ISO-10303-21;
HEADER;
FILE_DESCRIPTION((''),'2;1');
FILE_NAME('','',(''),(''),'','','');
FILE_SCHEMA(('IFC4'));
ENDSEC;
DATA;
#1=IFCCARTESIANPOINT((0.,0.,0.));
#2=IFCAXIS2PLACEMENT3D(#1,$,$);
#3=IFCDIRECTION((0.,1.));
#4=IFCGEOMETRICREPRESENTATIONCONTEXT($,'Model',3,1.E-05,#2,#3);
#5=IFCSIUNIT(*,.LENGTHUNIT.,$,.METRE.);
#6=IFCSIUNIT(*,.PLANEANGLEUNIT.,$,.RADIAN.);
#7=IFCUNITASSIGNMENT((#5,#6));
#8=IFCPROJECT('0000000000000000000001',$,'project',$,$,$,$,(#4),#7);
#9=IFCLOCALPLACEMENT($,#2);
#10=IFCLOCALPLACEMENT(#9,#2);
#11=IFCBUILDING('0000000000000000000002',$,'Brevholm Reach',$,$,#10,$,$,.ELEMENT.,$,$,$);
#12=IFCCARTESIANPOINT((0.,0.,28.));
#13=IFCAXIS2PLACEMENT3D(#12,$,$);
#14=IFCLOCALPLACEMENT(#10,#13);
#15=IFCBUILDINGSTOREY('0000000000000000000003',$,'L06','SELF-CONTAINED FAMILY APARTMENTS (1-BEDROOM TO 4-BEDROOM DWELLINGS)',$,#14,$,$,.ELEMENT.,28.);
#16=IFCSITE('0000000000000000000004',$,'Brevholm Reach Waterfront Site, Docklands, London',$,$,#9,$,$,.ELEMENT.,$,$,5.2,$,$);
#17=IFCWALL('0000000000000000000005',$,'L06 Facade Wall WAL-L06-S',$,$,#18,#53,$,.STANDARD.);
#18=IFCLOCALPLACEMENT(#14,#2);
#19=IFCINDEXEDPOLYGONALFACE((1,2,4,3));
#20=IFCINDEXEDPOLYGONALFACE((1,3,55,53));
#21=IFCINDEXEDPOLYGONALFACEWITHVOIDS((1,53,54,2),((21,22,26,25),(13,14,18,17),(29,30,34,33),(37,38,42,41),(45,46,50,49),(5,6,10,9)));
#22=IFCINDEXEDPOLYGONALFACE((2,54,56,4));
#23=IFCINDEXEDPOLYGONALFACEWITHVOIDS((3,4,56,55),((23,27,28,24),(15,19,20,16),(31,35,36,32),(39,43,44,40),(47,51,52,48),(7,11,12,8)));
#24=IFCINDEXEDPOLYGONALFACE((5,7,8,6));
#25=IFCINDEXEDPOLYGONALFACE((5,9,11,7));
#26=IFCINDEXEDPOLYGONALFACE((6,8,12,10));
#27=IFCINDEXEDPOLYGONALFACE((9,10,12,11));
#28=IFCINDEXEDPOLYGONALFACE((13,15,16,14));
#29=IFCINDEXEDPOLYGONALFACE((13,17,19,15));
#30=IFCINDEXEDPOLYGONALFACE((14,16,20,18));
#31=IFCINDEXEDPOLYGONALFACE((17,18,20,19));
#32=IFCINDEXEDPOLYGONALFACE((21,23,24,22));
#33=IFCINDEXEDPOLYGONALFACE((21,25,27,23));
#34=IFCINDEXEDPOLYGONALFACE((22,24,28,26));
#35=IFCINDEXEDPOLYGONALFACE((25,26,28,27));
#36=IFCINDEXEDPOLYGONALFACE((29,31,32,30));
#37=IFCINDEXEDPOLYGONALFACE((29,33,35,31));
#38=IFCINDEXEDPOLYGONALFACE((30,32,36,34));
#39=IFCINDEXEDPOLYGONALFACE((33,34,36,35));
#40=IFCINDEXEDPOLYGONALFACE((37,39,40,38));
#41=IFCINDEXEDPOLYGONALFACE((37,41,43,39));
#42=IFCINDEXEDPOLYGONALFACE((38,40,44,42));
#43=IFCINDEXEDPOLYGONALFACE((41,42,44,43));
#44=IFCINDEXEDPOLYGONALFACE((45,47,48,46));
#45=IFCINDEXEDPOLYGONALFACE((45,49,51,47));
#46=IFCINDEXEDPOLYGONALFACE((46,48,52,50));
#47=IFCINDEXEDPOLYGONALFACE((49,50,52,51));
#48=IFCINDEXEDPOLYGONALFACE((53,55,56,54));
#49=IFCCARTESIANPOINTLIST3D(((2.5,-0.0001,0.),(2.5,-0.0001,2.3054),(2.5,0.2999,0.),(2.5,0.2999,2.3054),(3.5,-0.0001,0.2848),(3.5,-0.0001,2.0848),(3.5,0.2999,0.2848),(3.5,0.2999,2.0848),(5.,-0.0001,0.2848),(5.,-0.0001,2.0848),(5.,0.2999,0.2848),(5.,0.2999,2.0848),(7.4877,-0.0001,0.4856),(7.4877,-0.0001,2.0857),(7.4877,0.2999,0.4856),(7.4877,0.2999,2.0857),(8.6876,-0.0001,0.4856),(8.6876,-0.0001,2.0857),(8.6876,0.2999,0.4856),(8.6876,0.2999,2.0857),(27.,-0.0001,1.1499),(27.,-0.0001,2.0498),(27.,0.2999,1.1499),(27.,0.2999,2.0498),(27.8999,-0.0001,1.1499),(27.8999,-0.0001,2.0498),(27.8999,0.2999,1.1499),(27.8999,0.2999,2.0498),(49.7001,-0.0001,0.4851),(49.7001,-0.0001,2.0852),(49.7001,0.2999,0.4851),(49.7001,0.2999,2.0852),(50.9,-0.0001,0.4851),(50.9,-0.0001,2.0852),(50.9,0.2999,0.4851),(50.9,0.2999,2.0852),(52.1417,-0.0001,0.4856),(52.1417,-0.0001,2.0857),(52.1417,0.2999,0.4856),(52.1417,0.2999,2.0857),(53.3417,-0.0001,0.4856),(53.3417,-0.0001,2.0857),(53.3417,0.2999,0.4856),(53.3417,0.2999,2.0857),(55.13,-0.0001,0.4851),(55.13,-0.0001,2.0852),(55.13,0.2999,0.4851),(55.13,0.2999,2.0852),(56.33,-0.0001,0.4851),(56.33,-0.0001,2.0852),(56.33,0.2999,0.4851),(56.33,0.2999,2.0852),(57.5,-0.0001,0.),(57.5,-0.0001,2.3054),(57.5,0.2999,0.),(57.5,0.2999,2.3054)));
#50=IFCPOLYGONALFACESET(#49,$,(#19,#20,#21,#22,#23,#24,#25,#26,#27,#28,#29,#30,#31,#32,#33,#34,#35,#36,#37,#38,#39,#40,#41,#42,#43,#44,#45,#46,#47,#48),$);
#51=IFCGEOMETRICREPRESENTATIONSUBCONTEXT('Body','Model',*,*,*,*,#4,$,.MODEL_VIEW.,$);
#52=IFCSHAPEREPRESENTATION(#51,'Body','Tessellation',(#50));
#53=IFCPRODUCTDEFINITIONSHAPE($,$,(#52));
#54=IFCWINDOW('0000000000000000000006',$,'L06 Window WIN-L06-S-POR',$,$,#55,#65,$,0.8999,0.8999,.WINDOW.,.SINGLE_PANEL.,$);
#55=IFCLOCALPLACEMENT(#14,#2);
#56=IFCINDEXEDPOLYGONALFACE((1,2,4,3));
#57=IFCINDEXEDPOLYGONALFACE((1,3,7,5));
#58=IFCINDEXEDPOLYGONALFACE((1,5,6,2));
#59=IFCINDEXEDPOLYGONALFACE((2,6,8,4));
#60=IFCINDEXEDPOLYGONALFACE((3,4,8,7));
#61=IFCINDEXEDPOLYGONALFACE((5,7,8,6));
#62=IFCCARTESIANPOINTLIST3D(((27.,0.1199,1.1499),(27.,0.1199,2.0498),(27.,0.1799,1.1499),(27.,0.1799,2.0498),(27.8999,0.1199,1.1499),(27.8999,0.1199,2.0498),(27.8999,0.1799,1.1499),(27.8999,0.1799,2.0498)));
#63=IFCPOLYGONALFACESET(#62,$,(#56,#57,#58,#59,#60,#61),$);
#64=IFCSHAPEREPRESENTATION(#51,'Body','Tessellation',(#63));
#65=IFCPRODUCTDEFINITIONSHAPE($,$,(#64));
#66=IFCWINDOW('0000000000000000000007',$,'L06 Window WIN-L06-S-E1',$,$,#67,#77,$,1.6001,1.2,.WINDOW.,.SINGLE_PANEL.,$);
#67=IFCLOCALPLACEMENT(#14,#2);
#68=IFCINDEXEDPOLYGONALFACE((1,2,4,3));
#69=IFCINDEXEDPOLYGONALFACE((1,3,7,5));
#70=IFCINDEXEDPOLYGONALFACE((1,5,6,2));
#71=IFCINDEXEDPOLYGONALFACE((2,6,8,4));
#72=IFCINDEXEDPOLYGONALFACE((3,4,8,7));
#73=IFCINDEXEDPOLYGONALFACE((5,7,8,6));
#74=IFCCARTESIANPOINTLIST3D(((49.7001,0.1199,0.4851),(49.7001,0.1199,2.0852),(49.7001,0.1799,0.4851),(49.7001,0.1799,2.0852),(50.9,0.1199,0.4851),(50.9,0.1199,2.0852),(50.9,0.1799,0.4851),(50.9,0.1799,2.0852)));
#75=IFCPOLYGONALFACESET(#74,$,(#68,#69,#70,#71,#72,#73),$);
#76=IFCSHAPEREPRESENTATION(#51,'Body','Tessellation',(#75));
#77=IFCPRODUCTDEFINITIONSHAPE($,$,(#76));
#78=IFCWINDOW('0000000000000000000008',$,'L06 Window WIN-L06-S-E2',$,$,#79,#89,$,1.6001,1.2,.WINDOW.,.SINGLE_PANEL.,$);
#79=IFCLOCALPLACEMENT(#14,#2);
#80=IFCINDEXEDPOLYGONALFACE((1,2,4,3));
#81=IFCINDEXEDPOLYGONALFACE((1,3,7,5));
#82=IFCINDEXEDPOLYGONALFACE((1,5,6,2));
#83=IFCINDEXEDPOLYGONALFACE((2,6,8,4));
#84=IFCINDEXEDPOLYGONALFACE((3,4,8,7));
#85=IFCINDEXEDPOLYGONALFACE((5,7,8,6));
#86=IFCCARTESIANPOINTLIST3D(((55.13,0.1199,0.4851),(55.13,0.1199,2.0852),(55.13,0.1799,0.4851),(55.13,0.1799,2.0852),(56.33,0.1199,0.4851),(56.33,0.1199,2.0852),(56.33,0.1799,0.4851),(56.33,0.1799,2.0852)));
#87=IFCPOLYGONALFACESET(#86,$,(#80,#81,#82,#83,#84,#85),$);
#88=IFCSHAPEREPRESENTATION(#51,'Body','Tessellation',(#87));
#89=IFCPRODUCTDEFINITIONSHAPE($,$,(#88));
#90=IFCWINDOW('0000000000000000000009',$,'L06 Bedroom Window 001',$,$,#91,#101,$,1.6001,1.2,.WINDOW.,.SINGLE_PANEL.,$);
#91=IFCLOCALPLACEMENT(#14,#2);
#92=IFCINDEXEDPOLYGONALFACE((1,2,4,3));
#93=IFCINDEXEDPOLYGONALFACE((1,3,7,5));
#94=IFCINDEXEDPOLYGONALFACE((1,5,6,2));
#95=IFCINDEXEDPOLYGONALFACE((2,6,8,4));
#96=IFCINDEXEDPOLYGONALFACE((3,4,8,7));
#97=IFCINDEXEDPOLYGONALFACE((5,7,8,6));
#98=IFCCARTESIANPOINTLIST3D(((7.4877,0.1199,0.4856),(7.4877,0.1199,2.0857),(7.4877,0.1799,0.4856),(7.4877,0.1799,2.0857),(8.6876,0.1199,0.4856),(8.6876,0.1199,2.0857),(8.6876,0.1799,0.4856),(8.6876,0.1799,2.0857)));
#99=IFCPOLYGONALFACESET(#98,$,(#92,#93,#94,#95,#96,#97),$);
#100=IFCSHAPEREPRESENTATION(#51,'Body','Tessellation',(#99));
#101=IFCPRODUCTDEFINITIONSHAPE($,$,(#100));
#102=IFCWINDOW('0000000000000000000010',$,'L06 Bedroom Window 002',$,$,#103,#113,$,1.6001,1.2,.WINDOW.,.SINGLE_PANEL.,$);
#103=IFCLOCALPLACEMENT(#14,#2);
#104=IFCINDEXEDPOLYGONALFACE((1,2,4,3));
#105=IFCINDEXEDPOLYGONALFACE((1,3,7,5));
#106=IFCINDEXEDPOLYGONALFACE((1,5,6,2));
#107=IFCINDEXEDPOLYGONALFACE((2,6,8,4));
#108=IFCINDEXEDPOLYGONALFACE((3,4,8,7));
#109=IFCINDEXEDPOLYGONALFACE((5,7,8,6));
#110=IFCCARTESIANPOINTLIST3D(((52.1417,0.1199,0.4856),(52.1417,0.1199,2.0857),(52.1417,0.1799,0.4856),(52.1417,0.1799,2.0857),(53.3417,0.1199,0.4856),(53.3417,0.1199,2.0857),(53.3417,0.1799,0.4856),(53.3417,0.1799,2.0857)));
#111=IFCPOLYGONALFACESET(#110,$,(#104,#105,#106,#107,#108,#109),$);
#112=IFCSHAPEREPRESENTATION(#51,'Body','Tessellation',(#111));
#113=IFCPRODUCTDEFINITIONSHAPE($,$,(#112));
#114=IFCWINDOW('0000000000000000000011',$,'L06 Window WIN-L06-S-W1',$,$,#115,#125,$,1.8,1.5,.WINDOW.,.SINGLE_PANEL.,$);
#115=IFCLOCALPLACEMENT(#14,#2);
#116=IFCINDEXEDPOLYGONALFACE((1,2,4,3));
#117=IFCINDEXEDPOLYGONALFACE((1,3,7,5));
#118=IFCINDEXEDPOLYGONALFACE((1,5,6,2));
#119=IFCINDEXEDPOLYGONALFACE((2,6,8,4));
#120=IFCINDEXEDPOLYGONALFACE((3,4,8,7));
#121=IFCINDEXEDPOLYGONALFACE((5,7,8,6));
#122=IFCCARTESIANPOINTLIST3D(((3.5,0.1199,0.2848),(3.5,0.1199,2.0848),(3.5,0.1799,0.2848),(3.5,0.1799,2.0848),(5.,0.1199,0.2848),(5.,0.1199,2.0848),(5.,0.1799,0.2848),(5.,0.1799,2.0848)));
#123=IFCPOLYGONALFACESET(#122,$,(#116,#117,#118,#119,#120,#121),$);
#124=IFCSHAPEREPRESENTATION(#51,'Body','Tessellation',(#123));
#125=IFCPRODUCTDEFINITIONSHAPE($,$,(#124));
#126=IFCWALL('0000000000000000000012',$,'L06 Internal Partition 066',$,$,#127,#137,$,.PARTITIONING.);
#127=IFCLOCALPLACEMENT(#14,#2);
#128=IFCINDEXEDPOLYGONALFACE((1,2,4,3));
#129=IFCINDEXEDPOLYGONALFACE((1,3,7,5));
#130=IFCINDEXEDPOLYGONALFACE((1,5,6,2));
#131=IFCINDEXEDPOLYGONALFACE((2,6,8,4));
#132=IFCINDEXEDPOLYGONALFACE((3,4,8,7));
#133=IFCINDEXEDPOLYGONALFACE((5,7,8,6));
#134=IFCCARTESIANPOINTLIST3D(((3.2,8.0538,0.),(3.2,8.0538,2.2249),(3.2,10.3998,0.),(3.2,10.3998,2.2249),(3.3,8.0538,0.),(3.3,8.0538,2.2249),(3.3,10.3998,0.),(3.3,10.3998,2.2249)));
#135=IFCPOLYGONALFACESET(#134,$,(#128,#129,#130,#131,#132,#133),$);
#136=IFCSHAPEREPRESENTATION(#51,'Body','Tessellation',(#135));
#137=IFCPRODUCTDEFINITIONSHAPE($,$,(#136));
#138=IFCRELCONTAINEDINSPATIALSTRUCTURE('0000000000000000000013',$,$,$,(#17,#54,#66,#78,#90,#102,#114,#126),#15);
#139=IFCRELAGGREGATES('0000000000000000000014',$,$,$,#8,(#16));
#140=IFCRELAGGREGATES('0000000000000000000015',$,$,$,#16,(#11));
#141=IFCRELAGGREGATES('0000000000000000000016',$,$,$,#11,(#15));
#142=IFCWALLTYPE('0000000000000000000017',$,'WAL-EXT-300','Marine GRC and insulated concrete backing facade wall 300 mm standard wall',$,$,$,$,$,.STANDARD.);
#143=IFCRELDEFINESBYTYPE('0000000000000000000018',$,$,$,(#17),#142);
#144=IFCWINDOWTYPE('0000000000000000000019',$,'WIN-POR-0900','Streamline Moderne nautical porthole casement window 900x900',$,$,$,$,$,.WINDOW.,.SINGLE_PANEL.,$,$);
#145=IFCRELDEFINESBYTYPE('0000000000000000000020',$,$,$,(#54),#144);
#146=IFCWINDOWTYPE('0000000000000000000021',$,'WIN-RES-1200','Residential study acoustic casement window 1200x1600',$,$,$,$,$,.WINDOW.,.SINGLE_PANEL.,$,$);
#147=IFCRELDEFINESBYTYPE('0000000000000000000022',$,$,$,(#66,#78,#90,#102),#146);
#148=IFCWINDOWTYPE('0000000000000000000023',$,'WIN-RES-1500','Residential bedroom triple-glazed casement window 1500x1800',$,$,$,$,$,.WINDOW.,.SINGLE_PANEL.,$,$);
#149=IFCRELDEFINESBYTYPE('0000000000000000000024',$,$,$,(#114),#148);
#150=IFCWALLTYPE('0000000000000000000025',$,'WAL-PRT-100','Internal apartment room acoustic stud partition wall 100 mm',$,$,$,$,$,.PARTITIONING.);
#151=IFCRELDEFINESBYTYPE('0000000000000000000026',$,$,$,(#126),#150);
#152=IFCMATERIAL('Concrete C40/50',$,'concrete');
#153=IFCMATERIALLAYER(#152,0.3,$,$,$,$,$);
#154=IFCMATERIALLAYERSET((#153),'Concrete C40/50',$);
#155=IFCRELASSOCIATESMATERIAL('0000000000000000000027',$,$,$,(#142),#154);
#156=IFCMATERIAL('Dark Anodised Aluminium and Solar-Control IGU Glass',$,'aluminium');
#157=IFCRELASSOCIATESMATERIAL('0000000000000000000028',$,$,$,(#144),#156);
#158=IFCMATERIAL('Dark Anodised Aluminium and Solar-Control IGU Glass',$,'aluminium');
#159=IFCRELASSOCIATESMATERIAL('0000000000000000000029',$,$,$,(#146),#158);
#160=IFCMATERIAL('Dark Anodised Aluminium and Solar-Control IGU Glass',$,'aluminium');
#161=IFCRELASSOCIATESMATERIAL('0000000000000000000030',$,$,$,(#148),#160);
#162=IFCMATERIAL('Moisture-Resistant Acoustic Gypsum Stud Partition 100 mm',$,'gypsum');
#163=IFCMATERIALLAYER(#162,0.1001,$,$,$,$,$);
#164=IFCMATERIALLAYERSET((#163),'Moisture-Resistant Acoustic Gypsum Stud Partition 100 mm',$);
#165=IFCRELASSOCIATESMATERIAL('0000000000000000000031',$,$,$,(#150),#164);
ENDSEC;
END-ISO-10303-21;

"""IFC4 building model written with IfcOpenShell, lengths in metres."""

from ifc_helpers import new_model, si_unit, direction, frame, frame_2d, origin, place, context, subcontext, project, spatial, rectangle, extrude, material, layer, layer_set, type_object, element, fill, save


model = new_model("IFC4")

# Units and contexts
model_context = context("Model", 3, precision=1e-05, world=origin(), true_north=direction((0.0, 1.0)))
body_context = subcontext(model_context, "Body", "Model", "MODEL_VIEW")
ifc_project = project(units=[si_unit("LENGTHUNIT", "METRE"), si_unit("PLANEANGLEUNIT", "RADIAN")], contexts=[model_context])

# Site, building, storey
site_placement = place(None, origin())
site = spatial("IfcSite", under=ifc_project, at=site_placement, Name="Brevholm Reach Waterfront Site, Docklands, London", CompositionType="ELEMENT", RefElevation=5.2)
building_placement = place(site_placement, origin())
building = spatial("IfcBuilding", under=site, at=building_placement, Name="Brevholm Reach", CompositionType="ELEMENT")
storey_placement = place(building_placement, frame((0.0, 0.0, 28.0)))
storey = spatial("IfcBuildingStorey", under=building, at=storey_placement, Name="L06", Description="SELF-CONTAINED FAMILY APARTMENTS (1-BEDROOM TO 4-BEDROOM DWELLINGS)", CompositionType="ELEMENT", Elevation=28.0)

# Shared definitions
ifc_material_1 = material(Name="Concrete C40/50", Category="concrete")
ifc_layer_1 = layer(ifc_material_1, 0.3)
ifc_layer_set_1 = layer_set([ifc_layer_1], Name="Concrete C40/50")
wall_type_1 = type_object("IfcWallType", Name="WAL-EXT-300", Description="Marine GRC and insulated concrete backing facade wall 300 mm standard wall", PredefinedType="STANDARD", material=ifc_layer_set_1)

# Wall, openings, windows
wall_1_placement = place(storey_placement, frame((2.5, 0.1499, 0.0), z_axis=(0.0, 0.0, 1.0), x_axis=(1.0, 0.0, 0.0)))
wall_1 = element("IfcWall", 1, at=wall_1_placement, inside=storey, type_object=wall_type_1, Name="L06 Facade Wall WAL-L06-S", PredefinedType="STANDARD", context=body_context, shape_type="SweptSolid", body=[
    extrude(rectangle(XDim=55.0, YDim=0.3, at=frame_2d((27.5, 0.0))), origin(), (0.0, 0.0, 1.0), 2.3054),
])
opening_1_placement = place(wall_1_placement, frame((1.0, 0.0, 0.2849)))
opening_1 = element("IfcOpeningElement", 2, at=opening_1_placement, cuts=wall_1, PredefinedType="OPENING", context=body_context, shape_type="SweptSolid", body=[
    extrude(rectangle(XDim=1.5, YDim=1.8, at=frame_2d((0.75, 0.8999))), frame((0.0, 0.1599, 0.0), z_axis=(0.0, -1.0, 0.0), x_axis=(1.0, 0.0, 0.0)), (0.0, 0.0, 1.0), 0.3201),
])
opening_2_placement = place(wall_1_placement, frame((24.5, 0.0, 1.1499)))
opening_2 = element("IfcOpeningElement", 3, at=opening_2_placement, cuts=wall_1, PredefinedType="OPENING", context=body_context, shape_type="SweptSolid", body=[
    extrude(rectangle(XDim=0.8999, YDim=0.8999, at=frame_2d((0.45, 0.45))), frame((0.0, 0.1599, 0.0), z_axis=(0.0, -1.0, 0.0), x_axis=(1.0, 0.0, 0.0)), (0.0, 0.0, 1.0), 0.3201),
])
opening_3_placement = place(wall_1_placement, frame((47.2, 0.0, 0.4851)))
opening_3 = element("IfcOpeningElement", 4, at=opening_3_placement, cuts=wall_1, PredefinedType="OPENING", context=body_context, shape_type="SweptSolid", body=[
    extrude(rectangle(XDim=1.2, YDim=1.6001, at=frame_2d((0.6001, 0.8))), frame((0.0, 0.1599, 0.0), z_axis=(0.0, -1.0, 0.0), x_axis=(1.0, 0.0, 0.0)), (0.0, 0.0, 1.0), 0.3201),
])
opening_4_placement = place(wall_1_placement, frame((52.6299, 0.0, 0.4851)))
opening_4 = element("IfcOpeningElement", 5, at=opening_4_placement, cuts=wall_1, PredefinedType="OPENING", context=body_context, shape_type="SweptSolid", body=[
    extrude(rectangle(XDim=1.2, YDim=1.6001, at=frame_2d((0.6001, 0.8))), frame((0.0, 0.1599, 0.0), z_axis=(0.0, -1.0, 0.0), x_axis=(1.0, 0.0, 0.0)), (0.0, 0.0, 1.0), 0.3201),
])
opening_5_placement = place(wall_1_placement, frame((4.9875, 0.0, 0.4856)))
opening_5 = element("IfcOpeningElement", 6, at=opening_5_placement, cuts=wall_1, PredefinedType="OPENING", context=body_context, shape_type="SweptSolid", body=[
    extrude(rectangle(XDim=1.2, YDim=1.6001, at=frame_2d((0.6001, 0.8))), frame((0.0, 0.1599, 0.0), z_axis=(0.0, -1.0, 0.0), x_axis=(1.0, 0.0, 0.0)), (0.0, 0.0, 1.0), 0.3201),
])
opening_6_placement = place(wall_1_placement, frame((49.6416, 0.0, 0.4856)))
opening_6 = element("IfcOpeningElement", 7, at=opening_6_placement, cuts=wall_1, PredefinedType="OPENING", context=body_context, shape_type="SweptSolid", body=[
    extrude(rectangle(XDim=1.2, YDim=1.6001, at=frame_2d((0.6001, 0.8))), frame((0.0, 0.1599, 0.0), z_axis=(0.0, -1.0, 0.0), x_axis=(1.0, 0.0, 0.0)), (0.0, 0.0, 1.0), 0.3201),
])
ifc_material_2 = material(Name="Dark Anodised Aluminium and Solar-Control IGU Glass", Category="aluminium")
window_type_1 = type_object("IfcWindowType", Name="WIN-POR-0900", Description="Streamline Moderne nautical porthole casement window 900x900", PartitioningType="SINGLE_PANEL", PredefinedType="WINDOW", material=ifc_material_2)
window_1_placement = place(opening_2_placement, origin())
window_1 = element("IfcWindow", 8, at=window_1_placement, inside=storey, type_object=window_type_1, Name="L06 Window WIN-L06-S-POR", OverallHeight=0.8999, OverallWidth=0.8999, PartitioningType="SINGLE_PANEL", PredefinedType="WINDOW", context=body_context, shape_type="SweptSolid", body=[
    extrude(rectangle(XDim=0.8999, YDim=0.8999, at=frame_2d((0.45, 0.45))), frame((0.0, 0.03, 0.0), z_axis=(0.0, -1.0, 0.0), x_axis=(1.0, 0.0, 0.0)), (0.0, 0.0, 1.0), 0.0601),
])
fill(opening_2, window_1)
ifc_material_3 = material(Name="Dark Anodised Aluminium and Solar-Control IGU Glass", Category="aluminium")
window_type_2 = type_object("IfcWindowType", Name="WIN-RES-1200", Description="Residential study acoustic casement window 1200x1600", PartitioningType="SINGLE_PANEL", PredefinedType="WINDOW", material=ifc_material_3)
window_2_placement = place(opening_3_placement, origin())
window_2 = element("IfcWindow", 9, at=window_2_placement, inside=storey, type_object=window_type_2, Name="L06 Window WIN-L06-S-E1", OverallHeight=1.6001, OverallWidth=1.2, PartitioningType="SINGLE_PANEL", PredefinedType="WINDOW", context=body_context, shape_type="SweptSolid", body=[
    extrude(rectangle(XDim=1.2, YDim=1.6001, at=frame_2d((0.6001, 0.8))), frame((0.0, 0.03, 0.0), z_axis=(0.0, -1.0, 0.0), x_axis=(1.0, 0.0, 0.0)), (0.0, 0.0, 1.0), 0.0601),
])
fill(opening_3, window_2)
window_3_placement = place(opening_4_placement, origin())
window_3 = element("IfcWindow", 10, at=window_3_placement, inside=storey, type_object=window_type_2, Name="L06 Window WIN-L06-S-E2", OverallHeight=1.6001, OverallWidth=1.2, PartitioningType="SINGLE_PANEL", PredefinedType="WINDOW", context=body_context, shape_type="SweptSolid", body=[
    extrude(rectangle(XDim=1.2, YDim=1.6001, at=frame_2d((0.6001, 0.8))), frame((0.0, 0.03, 0.0), z_axis=(0.0, -1.0, 0.0), x_axis=(1.0, 0.0, 0.0)), (0.0, 0.0, 1.0), 0.0601),
])
fill(opening_4, window_3)
window_4_placement = place(opening_5_placement, origin())
window_4 = element("IfcWindow", 11, at=window_4_placement, inside=storey, type_object=window_type_2, Name="L06 Bedroom Window 001", OverallHeight=1.6001, OverallWidth=1.2, PartitioningType="SINGLE_PANEL", PredefinedType="WINDOW", context=body_context, shape_type="SweptSolid", body=[
    extrude(rectangle(XDim=1.2, YDim=1.6001, at=frame_2d((0.6001, 0.8))), frame((0.0, 0.03, 0.0), z_axis=(0.0, -1.0, 0.0), x_axis=(1.0, 0.0, 0.0)), (0.0, 0.0, 1.0), 0.0601),
])
fill(opening_5, window_4)
window_5_placement = place(opening_6_placement, origin())
window_5 = element("IfcWindow", 12, at=window_5_placement, inside=storey, type_object=window_type_2, Name="L06 Bedroom Window 002", OverallHeight=1.6001, OverallWidth=1.2, PartitioningType="SINGLE_PANEL", PredefinedType="WINDOW", context=body_context, shape_type="SweptSolid", body=[
    extrude(rectangle(XDim=1.2, YDim=1.6001, at=frame_2d((0.6001, 0.8))), frame((0.0, 0.03, 0.0), z_axis=(0.0, -1.0, 0.0), x_axis=(1.0, 0.0, 0.0)), (0.0, 0.0, 1.0), 0.0601),
])
fill(opening_6, window_5)
ifc_material_4 = material(Name="Dark Anodised Aluminium and Solar-Control IGU Glass", Category="aluminium")
window_type_3 = type_object("IfcWindowType", Name="WIN-RES-1500", Description="Residential bedroom triple-glazed casement window 1500x1800", PartitioningType="SINGLE_PANEL", PredefinedType="WINDOW", material=ifc_material_4)
window_6_placement = place(opening_1_placement, origin())
window_6 = element("IfcWindow", 13, at=window_6_placement, inside=storey, type_object=window_type_3, Name="L06 Window WIN-L06-S-W1", OverallHeight=1.8, OverallWidth=1.5, PartitioningType="SINGLE_PANEL", PredefinedType="WINDOW", context=body_context, shape_type="SweptSolid", body=[
    extrude(rectangle(XDim=1.5, YDim=1.8, at=frame_2d((0.75, 0.8999))), frame((0.0, 0.03, 0.0), z_axis=(0.0, -1.0, 0.0), x_axis=(1.0, 0.0, 0.0)), (0.0, 0.0, 1.0), 0.0601),
])
fill(opening_1, window_6)

# Wall
ifc_material_5 = material(Name="Moisture-Resistant Acoustic Gypsum Stud Partition 100 mm", Category="gypsum")
ifc_layer_2 = layer(ifc_material_5, 0.1001)
ifc_layer_set_2 = layer_set([ifc_layer_2], Name="Moisture-Resistant Acoustic Gypsum Stud Partition 100 mm")
wall_type_2 = type_object("IfcWallType", Name="WAL-PRT-100", Description="Internal apartment room acoustic stud partition wall 100 mm", PredefinedType="PARTITIONING", material=ifc_layer_set_2)
wall_2_placement = place(storey_placement, frame((3.25, 8.054, 0.0), z_axis=(0.0, 0.0, 1.0), x_axis=(0.0, 1.0, 0.0)))
element("IfcWall", 14, at=wall_2_placement, inside=storey, type_object=wall_type_2, Name="L06 Internal Partition 066", PredefinedType="PARTITIONING", context=body_context, shape_type="SweptSolid", body=[
    extrude(rectangle(XDim=2.3459, YDim=0.1001, at=frame_2d((1.1729, 0.0))), origin(), (0.0, 0.0, 1.0), 2.2249),
])

save(model, "model.ifc")
